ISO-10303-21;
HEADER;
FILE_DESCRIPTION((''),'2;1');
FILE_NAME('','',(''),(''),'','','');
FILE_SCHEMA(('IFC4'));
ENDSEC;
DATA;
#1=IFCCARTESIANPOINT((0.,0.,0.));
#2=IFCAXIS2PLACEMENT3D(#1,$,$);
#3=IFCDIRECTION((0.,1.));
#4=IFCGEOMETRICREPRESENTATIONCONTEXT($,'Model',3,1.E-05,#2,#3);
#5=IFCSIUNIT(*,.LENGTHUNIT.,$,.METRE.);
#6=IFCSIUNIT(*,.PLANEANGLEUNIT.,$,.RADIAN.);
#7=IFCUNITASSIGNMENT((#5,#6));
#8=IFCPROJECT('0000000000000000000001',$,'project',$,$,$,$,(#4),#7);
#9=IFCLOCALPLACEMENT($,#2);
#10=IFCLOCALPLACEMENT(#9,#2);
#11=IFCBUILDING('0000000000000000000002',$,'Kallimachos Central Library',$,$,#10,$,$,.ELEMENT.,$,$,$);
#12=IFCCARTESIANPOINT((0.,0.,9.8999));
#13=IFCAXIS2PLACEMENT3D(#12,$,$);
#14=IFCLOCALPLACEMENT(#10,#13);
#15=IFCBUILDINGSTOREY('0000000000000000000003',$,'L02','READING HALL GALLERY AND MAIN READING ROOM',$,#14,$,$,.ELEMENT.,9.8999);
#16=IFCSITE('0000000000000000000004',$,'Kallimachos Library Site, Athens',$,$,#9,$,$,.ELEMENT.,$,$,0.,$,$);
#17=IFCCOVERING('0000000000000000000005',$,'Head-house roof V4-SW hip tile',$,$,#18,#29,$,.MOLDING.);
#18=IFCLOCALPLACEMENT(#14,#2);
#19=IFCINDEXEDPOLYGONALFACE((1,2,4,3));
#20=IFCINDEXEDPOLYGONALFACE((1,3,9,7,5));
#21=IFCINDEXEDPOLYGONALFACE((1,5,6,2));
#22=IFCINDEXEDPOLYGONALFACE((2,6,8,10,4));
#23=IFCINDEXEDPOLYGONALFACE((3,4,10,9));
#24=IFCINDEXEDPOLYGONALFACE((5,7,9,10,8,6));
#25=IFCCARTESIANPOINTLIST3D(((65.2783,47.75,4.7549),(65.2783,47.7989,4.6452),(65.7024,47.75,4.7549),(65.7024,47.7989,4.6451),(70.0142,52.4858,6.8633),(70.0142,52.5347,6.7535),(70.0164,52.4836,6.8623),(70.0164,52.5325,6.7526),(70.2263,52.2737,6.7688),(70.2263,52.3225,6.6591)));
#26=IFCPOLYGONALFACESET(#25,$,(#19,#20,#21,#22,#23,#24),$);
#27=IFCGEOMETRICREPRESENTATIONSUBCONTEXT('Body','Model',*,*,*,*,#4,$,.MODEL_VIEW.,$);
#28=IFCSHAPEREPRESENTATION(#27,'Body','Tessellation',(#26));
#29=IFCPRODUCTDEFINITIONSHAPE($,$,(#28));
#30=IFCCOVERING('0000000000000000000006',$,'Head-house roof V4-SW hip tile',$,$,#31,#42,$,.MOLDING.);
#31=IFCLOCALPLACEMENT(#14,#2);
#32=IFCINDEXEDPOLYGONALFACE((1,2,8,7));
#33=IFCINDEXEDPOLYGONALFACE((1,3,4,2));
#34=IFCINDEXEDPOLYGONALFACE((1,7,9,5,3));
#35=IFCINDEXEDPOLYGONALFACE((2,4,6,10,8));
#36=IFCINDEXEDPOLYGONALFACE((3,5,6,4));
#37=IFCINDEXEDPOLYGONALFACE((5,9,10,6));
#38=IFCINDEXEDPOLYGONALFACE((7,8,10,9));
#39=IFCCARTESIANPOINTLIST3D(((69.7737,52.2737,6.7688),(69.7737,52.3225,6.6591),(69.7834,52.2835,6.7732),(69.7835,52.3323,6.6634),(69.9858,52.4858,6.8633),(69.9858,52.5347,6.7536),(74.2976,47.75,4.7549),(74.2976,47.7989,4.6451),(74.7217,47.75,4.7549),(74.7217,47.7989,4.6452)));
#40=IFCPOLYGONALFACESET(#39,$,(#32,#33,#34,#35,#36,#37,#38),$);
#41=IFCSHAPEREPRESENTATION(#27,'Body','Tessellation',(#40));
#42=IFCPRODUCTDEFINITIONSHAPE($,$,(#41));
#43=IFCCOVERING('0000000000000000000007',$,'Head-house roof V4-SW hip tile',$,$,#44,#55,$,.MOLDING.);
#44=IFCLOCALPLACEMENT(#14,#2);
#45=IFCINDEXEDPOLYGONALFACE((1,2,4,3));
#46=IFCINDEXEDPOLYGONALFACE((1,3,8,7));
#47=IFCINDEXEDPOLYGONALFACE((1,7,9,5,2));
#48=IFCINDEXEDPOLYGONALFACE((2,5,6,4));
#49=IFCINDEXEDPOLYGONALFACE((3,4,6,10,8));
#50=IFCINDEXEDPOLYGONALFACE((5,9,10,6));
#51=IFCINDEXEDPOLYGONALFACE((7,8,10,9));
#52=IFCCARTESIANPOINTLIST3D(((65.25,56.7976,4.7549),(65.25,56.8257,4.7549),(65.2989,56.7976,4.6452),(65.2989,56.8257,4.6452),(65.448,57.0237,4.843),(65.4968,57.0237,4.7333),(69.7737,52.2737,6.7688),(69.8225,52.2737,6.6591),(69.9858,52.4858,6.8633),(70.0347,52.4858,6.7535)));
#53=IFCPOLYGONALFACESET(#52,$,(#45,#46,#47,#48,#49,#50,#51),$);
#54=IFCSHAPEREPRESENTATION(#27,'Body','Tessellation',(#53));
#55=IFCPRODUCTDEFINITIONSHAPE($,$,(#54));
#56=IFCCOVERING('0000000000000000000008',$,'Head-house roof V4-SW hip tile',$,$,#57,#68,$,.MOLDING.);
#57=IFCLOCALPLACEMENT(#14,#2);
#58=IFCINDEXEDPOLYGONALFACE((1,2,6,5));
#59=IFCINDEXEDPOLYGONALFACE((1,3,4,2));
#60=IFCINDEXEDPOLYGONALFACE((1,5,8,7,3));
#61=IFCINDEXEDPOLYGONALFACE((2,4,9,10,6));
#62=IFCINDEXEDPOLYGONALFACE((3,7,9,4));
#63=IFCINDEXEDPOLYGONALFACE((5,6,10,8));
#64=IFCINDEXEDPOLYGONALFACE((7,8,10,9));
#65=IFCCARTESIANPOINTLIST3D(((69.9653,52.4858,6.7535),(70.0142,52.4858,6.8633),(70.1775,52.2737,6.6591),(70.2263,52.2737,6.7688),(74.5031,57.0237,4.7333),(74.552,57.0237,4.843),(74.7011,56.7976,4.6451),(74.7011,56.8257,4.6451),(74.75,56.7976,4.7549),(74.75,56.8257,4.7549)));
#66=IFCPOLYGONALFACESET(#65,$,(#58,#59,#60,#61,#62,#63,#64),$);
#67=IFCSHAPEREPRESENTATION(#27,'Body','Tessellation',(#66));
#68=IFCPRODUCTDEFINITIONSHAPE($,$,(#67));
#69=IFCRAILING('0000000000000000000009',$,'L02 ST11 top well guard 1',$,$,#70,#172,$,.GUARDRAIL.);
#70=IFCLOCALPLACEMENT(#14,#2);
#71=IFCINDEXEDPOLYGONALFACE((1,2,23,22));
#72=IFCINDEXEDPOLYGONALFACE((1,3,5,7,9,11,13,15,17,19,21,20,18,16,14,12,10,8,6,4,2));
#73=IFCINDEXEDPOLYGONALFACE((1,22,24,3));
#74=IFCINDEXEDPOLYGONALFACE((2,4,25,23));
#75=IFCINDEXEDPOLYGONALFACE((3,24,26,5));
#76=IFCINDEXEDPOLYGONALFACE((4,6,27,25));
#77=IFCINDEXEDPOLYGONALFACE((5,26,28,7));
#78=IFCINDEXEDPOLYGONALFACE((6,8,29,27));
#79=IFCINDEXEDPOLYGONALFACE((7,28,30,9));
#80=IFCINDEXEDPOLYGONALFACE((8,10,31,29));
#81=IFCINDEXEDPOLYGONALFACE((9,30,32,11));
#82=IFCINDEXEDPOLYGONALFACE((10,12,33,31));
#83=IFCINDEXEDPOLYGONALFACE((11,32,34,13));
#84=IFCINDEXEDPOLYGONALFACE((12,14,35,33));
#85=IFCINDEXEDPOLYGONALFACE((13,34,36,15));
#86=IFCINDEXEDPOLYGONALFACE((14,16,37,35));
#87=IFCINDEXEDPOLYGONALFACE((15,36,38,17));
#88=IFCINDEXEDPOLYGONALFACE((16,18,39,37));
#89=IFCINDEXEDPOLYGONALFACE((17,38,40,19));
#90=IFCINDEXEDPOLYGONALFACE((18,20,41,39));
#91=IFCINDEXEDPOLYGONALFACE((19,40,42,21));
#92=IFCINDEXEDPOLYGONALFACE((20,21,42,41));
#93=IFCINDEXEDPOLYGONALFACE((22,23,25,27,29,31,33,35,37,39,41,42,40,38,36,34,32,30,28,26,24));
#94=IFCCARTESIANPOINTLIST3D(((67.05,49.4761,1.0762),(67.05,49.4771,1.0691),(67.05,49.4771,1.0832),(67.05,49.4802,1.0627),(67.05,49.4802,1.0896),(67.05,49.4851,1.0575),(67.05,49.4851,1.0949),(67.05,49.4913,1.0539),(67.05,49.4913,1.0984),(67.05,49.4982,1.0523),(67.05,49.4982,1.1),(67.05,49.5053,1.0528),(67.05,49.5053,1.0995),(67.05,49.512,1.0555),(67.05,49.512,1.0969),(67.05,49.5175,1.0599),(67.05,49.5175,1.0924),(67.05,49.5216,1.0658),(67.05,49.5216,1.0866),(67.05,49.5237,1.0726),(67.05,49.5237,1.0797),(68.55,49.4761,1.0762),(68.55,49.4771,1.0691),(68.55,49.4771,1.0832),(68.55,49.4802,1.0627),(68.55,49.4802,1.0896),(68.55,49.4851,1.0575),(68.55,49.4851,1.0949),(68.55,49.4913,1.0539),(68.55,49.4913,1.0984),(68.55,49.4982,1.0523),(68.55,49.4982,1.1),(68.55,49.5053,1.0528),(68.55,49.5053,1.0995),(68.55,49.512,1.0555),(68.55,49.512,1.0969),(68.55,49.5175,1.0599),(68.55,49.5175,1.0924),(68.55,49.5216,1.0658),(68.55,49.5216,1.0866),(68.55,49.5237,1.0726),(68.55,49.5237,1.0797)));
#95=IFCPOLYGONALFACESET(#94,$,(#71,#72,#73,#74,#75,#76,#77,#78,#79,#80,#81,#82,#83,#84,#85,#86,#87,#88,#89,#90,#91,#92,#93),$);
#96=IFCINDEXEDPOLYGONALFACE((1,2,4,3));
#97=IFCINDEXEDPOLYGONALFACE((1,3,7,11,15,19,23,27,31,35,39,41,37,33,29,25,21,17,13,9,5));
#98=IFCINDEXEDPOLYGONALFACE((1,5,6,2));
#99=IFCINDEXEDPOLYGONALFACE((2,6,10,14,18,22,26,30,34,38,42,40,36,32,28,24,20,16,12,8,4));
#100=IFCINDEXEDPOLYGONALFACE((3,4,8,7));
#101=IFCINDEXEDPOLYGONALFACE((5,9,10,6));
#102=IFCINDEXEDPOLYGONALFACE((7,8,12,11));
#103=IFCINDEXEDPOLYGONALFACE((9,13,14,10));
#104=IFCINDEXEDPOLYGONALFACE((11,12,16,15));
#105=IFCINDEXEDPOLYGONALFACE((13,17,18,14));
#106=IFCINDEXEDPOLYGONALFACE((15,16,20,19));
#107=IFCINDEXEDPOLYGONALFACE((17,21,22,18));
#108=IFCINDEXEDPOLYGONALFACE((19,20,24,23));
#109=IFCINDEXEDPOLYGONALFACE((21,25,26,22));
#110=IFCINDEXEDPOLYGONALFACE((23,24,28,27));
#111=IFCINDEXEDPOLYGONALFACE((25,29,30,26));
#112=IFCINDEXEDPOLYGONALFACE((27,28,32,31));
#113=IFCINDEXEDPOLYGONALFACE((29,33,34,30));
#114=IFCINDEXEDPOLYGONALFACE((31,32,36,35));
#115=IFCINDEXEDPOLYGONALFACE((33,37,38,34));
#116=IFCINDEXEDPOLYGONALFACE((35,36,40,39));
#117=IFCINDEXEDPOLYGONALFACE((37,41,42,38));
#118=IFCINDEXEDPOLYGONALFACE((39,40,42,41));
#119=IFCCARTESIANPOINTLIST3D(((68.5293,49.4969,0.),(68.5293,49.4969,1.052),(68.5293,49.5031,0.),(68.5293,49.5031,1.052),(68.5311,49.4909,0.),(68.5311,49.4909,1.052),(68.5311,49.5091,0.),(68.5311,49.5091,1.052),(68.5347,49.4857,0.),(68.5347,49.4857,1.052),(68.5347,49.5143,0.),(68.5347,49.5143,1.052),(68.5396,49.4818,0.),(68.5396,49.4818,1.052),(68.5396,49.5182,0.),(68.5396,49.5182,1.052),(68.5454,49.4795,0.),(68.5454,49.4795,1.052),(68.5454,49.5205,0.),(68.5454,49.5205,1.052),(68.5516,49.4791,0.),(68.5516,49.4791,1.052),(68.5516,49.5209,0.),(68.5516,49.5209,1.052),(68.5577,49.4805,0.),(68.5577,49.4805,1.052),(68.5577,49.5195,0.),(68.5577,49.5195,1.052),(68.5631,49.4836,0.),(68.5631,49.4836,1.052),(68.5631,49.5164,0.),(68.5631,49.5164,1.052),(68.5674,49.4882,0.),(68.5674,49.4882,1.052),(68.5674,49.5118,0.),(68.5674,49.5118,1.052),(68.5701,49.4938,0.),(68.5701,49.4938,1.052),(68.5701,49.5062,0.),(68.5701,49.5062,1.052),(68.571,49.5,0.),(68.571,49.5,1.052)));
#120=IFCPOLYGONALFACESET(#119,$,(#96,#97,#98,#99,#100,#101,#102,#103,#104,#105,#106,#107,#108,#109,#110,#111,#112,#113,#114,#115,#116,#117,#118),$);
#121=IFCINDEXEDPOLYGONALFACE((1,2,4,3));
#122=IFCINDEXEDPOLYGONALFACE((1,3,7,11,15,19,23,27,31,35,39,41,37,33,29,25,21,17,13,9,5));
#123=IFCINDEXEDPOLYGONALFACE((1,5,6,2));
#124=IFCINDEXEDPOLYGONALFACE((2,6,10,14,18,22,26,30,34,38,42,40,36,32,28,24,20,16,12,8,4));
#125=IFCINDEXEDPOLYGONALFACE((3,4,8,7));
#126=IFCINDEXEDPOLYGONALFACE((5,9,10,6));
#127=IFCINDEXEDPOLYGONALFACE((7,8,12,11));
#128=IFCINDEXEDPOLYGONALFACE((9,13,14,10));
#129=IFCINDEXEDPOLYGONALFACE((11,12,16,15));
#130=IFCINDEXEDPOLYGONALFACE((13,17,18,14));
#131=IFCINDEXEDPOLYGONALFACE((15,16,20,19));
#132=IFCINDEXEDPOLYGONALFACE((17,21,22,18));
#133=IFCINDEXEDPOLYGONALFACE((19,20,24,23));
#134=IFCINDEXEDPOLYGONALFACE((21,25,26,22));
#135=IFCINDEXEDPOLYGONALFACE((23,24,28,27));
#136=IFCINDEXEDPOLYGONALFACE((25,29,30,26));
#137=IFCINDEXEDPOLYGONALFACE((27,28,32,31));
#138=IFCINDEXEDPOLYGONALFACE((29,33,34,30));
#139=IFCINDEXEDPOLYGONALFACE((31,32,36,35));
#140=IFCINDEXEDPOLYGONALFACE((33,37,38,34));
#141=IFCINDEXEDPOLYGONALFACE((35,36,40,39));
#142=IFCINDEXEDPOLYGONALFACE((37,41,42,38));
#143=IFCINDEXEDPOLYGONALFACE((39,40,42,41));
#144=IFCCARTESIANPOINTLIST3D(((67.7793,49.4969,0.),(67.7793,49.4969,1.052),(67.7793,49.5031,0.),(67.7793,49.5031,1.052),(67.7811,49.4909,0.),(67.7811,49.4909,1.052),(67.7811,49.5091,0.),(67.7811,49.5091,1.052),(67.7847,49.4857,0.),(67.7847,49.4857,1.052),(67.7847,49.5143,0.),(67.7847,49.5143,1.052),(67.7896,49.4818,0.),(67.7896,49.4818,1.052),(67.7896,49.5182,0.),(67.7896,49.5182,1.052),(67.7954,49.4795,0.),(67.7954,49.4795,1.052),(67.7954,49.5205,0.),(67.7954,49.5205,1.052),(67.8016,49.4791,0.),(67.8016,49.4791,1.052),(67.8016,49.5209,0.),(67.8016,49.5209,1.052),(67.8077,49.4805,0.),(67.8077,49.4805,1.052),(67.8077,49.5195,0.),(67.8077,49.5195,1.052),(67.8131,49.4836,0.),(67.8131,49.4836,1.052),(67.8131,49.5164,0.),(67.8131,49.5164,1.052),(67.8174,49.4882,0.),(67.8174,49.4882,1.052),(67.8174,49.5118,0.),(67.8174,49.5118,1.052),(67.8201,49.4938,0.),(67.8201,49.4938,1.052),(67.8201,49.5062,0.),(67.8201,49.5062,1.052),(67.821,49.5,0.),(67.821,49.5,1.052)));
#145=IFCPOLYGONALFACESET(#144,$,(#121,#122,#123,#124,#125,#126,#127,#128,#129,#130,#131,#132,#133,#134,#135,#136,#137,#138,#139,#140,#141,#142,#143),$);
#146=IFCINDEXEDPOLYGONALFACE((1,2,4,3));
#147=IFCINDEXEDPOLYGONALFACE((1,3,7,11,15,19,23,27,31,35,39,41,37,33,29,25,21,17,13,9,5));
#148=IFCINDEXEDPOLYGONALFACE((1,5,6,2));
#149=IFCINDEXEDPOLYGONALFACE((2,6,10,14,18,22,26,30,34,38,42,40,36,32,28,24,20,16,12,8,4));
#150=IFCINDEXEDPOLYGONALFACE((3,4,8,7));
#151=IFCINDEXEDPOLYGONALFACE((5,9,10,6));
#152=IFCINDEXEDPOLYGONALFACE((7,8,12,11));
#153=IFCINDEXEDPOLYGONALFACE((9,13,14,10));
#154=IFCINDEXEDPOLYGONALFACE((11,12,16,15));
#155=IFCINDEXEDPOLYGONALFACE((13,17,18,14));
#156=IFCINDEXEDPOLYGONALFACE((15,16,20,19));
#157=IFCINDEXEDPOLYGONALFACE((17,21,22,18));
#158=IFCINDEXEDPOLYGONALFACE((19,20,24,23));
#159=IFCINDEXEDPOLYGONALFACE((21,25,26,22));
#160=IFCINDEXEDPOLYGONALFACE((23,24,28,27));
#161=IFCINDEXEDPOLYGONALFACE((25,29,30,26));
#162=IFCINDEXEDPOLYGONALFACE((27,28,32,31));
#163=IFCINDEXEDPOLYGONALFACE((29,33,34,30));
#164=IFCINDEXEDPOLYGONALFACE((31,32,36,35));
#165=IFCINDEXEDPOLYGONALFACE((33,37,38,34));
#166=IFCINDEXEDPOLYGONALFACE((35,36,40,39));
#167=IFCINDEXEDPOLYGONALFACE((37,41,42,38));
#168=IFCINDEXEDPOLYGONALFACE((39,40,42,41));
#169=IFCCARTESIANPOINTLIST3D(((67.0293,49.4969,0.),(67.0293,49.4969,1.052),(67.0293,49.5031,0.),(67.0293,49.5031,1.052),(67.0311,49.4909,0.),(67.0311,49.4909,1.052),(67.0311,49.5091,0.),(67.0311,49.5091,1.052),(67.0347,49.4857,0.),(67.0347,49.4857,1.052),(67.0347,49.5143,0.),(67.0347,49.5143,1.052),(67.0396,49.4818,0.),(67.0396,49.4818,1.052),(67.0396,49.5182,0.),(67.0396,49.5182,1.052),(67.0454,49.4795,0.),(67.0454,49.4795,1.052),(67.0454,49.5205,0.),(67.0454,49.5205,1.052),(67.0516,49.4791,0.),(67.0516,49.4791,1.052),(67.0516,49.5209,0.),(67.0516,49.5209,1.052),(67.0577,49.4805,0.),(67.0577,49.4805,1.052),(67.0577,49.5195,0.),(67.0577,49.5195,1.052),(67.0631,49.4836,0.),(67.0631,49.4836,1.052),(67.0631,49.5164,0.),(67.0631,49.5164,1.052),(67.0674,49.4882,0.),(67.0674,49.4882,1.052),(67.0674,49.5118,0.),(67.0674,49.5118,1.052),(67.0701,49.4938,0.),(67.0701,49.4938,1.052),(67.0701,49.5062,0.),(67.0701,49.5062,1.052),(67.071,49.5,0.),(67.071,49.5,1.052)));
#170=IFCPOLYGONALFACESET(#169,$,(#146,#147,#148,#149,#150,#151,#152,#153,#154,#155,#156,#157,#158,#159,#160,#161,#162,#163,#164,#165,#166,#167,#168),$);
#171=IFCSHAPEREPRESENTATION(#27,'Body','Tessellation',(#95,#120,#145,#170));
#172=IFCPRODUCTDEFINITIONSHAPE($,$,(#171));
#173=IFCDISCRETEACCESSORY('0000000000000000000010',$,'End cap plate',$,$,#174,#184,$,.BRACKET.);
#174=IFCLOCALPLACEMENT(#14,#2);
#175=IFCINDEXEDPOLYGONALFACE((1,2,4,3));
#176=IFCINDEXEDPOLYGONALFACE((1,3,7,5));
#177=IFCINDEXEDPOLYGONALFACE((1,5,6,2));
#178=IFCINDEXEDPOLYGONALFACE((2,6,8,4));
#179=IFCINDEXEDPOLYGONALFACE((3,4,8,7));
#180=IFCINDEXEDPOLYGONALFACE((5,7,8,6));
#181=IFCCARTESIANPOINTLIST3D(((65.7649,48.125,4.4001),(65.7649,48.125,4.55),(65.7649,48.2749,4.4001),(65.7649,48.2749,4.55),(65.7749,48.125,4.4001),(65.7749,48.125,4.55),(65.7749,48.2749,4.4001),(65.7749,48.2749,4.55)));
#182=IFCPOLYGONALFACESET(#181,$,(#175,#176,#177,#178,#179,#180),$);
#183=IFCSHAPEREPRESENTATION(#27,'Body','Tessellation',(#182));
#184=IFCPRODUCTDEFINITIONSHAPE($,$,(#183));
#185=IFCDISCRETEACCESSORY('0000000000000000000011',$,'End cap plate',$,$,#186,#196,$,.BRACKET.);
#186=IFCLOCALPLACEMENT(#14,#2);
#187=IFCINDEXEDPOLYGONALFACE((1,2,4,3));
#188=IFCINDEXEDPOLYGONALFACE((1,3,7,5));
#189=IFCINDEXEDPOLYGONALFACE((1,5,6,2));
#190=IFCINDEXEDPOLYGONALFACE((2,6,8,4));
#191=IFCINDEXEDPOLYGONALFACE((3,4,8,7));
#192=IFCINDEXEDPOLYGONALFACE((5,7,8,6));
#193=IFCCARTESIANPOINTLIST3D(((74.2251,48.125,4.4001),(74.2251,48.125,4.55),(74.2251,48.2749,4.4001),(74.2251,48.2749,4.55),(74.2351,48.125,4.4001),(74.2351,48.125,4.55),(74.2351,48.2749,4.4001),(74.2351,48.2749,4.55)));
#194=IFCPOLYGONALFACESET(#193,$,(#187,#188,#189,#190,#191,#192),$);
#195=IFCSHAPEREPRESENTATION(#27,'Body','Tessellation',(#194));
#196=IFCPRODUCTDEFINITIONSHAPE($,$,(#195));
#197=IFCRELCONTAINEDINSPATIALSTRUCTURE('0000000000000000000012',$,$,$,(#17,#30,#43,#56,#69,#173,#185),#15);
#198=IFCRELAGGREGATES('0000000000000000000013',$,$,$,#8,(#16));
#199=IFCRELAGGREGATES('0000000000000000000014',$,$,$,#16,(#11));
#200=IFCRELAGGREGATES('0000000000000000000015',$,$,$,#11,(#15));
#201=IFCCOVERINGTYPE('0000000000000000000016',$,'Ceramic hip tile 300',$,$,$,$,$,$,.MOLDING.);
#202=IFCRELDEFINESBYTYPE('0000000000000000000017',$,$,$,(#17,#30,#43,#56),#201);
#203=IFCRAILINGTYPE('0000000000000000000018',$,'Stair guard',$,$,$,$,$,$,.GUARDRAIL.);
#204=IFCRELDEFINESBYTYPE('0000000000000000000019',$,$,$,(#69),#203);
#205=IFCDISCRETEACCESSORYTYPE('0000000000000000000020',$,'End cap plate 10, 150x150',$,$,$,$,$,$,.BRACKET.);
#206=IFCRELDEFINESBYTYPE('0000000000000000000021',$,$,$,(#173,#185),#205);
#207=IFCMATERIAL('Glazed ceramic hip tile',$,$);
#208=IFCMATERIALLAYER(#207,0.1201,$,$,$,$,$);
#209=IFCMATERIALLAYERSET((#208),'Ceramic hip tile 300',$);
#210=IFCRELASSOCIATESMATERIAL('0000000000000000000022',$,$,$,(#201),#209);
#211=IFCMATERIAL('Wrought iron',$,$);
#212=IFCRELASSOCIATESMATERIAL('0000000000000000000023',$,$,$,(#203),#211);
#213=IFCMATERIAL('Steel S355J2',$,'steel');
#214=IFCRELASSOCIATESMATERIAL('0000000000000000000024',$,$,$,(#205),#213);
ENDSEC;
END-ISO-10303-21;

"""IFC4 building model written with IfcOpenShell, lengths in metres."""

from ifc_helpers import new_model, si_unit, direction, frame, origin, origin_2d, place, context, subcontext, project, spatial, polyline, rectangle, circle, outline, extrude, material, layer, layer_set, material_profile, profile_set, type_object, element, save


model = new_model("IFC4")

# Units and contexts
model_context = context("Model", 3, precision=1e-05, world=origin(), true_north=direction((0.0, 1.0)))
body_context = subcontext(model_context, "Body", "Model", "MODEL_VIEW")
ifc_project = project(units=[si_unit("LENGTHUNIT", "METRE"), si_unit("PLANEANGLEUNIT", "RADIAN")], contexts=[model_context])

# Site, building, storey
site_placement = place(None, origin())
site = spatial("IfcSite", under=ifc_project, at=site_placement, Name="Kallimachos Library Site, Athens", CompositionType="ELEMENT", RefElevation=0.0)
building_placement = place(site_placement, origin())
building = spatial("IfcBuilding", under=site, at=building_placement, Name="Kallimachos Central Library", CompositionType="ELEMENT")
storey_placement = place(building_placement, frame((0.0, 0.0, 9.8999)))
storey = spatial("IfcBuildingStorey", under=building, at=storey_placement, Name="L02", Description="READING HALL GALLERY AND MAIN READING ROOM", CompositionType="ELEMENT", Elevation=9.8999)

# Coverings
ifc_material_1 = material(Name="Glazed ceramic hip tile")
ifc_layer_1 = layer(ifc_material_1, 0.1201)
ifc_layer_set_1 = layer_set([ifc_layer_1], Name="Ceramic hip tile 300")
covering_type = type_object("IfcCoveringType", Name="Ceramic hip tile 300", PredefinedType="MOLDING", material=ifc_layer_set_1)
covering_1_placement = place(storey_placement, frame((70.0142, 52.4858, 6.8633), z_axis=(0.000032, -0.40674, 0.913544), x_axis=(0.674579, -0.674372, -0.300277)))
element("IfcCovering", 1, at=covering_1_placement, inside=storey, type_object=covering_type, Name="Head-house roof V4-SW hip tile", PredefinedType="MOLDING", context=body_context, shape_type="SweptSolid", body=[
    extrude(outline(polyline([(0.0, 0.0), (0.0033, 0.0), (0.3146, -0.0001), (0.9182, -6.68), (0.6321, -6.993), (0.0, 0.0)])), origin(), (0.0, 0.0, -1.0), 0.1201),
])
covering_2_placement = place(storey_placement, frame((74.7217, 47.75, 4.7549), z_axis=(-0.00003, -0.406742, 0.913543), x_axis=(-1.0, 0.000012, -0.000028)))
element("IfcCovering", 2, at=covering_2_placement, inside=storey, type_object=covering_type, Name="Head-house roof V4-SW hip tile", PredefinedType="MOLDING", context=body_context, shape_type="SweptSolid", body=[
    extrude(outline(polyline([(0.0, 0.0), (0.4241, 0.0), (4.948, -4.9517), (4.9382, -4.9624), (4.7358, -5.184), (0.0, 0.0)])), origin(), (0.0, 0.0, -1.0), 0.1201),
])
covering_3_placement = place(storey_placement, frame((69.9858, 52.4858, 6.8633), z_axis=(-0.406728, -0.000017, 0.913549), x_axis=(-0.674482, -0.674456, -0.300304)))
element("IfcCovering", 3, at=covering_3_placement, inside=storey, type_object=covering_type, Name="Head-house roof V4-SW hip tile", PredefinedType="MOLDING", context=body_context, shape_type="SweptSolid", body=[
    extrude(outline(polyline([(0.0, 0.0), (0.3146, 0.0), (0.9193, -6.6798), (0.9004, -6.7005), (0.6068, -6.7005), (0.0, 0.0)])), origin(), (0.0, 0.0, -1.0), 0.1201),
])
covering_4_placement = place(storey_placement, frame((70.2263, 52.2737, 6.7688), z_axis=(0.406728, -0.000017, 0.913549), x_axis=(-0.674482, 0.674456, 0.300304)))
element("IfcCovering", 4, at=covering_4_placement, inside=storey, type_object=covering_type, Name="Head-house roof V4-SW hip tile", PredefinedType="MOLDING", context=body_context, shape_type="SweptSolid", body=[
    extrude(outline(polyline([(0.0, 0.0), (0.3146, 0.0), (-0.2922, -6.7005), (-0.5858, -6.7005), (-0.6047, -6.6798), (0.0, 0.0)])), origin(), (0.0, 0.0, -1.0), 0.1201),
])

# Railing
ifc_material_2 = material(Name="Wrought iron")
railing_type_1 = type_object("IfcRailingType", Name="Stair guard", PredefinedType="GUARDRAIL", material=ifc_material_2)
railing_1_placement = place(storey_placement, frame((68.55, 49.5, 0.0)))
element("IfcRailing", 5, at=railing_1_placement, inside=storey, type_object=railing_type_1, Name="L02 ST11 top well guard 1", PredefinedType="GUARDRAIL", context=body_context, shape_type="SweptSolid", body=[
    extrude(circle(Radius=0.0239, at=origin_2d()), frame((0.0, 0.0, 1.0762), z_axis=(-1.0, 0.0, 0.0), x_axis=(0.0, -1.0, 0.0)), (0.0, 0.0, 1.0), 1.5),
    extrude(circle(Radius=0.021, at=origin_2d()), origin(), (0.0, 0.0, 1.0), 1.052),
    extrude(circle(Radius=0.021, at=origin_2d()), frame((-0.75, 0.0, 0.0)), (0.0, 0.0, 1.0), 1.052),
    extrude(circle(Radius=0.021, at=origin_2d()), frame((-1.5, 0.0, 0.0)), (0.0, 0.0, 1.0), 1.052),
])

# Discrete accessories
ifc_material_3 = material(Name="Steel S355J2", Category="steel")
ifc_material_profile_1 = material_profile(ifc_material_3, rectangle(XDim=0.1499, YDim=0.1499, at=origin_2d()), Name="End cap plate 10, 150x150")
ifc_profile_set_1 = profile_set([ifc_material_profile_1], Name="Steel S355J2")
discrete_accessory_type = type_object("IfcDiscreteAccessoryType", Name="End cap plate 10, 150x150", PredefinedType="BRACKET", material=ifc_profile_set_1)
for number, where, z_axis, x_axis, name in (
    (6, (65.7649, 48.2, 4.4751), (1.0, 0.0, 0.0), (0.0, 1.0, 0.0), "End cap plate"),
    (7, (74.2251, 48.2, 4.4751), (1.0, 0.0, 0.0), (0.0, 1.0, 0.0), "End cap plate"),
):
    element("IfcDiscreteAccessory", number, at=place(storey_placement, frame(where, z_axis=z_axis, x_axis=x_axis)), inside=storey, type_object=discrete_accessory_type, Name=name, PredefinedType="BRACKET", context=body_context, shape_type="SweptSolid", body=[
        extrude(rectangle(XDim=0.1499, YDim=0.1499, at=origin_2d()), origin(), (0.0, 0.0, 1.0), 0.01),
    ])

save(model, "model.ifc")
